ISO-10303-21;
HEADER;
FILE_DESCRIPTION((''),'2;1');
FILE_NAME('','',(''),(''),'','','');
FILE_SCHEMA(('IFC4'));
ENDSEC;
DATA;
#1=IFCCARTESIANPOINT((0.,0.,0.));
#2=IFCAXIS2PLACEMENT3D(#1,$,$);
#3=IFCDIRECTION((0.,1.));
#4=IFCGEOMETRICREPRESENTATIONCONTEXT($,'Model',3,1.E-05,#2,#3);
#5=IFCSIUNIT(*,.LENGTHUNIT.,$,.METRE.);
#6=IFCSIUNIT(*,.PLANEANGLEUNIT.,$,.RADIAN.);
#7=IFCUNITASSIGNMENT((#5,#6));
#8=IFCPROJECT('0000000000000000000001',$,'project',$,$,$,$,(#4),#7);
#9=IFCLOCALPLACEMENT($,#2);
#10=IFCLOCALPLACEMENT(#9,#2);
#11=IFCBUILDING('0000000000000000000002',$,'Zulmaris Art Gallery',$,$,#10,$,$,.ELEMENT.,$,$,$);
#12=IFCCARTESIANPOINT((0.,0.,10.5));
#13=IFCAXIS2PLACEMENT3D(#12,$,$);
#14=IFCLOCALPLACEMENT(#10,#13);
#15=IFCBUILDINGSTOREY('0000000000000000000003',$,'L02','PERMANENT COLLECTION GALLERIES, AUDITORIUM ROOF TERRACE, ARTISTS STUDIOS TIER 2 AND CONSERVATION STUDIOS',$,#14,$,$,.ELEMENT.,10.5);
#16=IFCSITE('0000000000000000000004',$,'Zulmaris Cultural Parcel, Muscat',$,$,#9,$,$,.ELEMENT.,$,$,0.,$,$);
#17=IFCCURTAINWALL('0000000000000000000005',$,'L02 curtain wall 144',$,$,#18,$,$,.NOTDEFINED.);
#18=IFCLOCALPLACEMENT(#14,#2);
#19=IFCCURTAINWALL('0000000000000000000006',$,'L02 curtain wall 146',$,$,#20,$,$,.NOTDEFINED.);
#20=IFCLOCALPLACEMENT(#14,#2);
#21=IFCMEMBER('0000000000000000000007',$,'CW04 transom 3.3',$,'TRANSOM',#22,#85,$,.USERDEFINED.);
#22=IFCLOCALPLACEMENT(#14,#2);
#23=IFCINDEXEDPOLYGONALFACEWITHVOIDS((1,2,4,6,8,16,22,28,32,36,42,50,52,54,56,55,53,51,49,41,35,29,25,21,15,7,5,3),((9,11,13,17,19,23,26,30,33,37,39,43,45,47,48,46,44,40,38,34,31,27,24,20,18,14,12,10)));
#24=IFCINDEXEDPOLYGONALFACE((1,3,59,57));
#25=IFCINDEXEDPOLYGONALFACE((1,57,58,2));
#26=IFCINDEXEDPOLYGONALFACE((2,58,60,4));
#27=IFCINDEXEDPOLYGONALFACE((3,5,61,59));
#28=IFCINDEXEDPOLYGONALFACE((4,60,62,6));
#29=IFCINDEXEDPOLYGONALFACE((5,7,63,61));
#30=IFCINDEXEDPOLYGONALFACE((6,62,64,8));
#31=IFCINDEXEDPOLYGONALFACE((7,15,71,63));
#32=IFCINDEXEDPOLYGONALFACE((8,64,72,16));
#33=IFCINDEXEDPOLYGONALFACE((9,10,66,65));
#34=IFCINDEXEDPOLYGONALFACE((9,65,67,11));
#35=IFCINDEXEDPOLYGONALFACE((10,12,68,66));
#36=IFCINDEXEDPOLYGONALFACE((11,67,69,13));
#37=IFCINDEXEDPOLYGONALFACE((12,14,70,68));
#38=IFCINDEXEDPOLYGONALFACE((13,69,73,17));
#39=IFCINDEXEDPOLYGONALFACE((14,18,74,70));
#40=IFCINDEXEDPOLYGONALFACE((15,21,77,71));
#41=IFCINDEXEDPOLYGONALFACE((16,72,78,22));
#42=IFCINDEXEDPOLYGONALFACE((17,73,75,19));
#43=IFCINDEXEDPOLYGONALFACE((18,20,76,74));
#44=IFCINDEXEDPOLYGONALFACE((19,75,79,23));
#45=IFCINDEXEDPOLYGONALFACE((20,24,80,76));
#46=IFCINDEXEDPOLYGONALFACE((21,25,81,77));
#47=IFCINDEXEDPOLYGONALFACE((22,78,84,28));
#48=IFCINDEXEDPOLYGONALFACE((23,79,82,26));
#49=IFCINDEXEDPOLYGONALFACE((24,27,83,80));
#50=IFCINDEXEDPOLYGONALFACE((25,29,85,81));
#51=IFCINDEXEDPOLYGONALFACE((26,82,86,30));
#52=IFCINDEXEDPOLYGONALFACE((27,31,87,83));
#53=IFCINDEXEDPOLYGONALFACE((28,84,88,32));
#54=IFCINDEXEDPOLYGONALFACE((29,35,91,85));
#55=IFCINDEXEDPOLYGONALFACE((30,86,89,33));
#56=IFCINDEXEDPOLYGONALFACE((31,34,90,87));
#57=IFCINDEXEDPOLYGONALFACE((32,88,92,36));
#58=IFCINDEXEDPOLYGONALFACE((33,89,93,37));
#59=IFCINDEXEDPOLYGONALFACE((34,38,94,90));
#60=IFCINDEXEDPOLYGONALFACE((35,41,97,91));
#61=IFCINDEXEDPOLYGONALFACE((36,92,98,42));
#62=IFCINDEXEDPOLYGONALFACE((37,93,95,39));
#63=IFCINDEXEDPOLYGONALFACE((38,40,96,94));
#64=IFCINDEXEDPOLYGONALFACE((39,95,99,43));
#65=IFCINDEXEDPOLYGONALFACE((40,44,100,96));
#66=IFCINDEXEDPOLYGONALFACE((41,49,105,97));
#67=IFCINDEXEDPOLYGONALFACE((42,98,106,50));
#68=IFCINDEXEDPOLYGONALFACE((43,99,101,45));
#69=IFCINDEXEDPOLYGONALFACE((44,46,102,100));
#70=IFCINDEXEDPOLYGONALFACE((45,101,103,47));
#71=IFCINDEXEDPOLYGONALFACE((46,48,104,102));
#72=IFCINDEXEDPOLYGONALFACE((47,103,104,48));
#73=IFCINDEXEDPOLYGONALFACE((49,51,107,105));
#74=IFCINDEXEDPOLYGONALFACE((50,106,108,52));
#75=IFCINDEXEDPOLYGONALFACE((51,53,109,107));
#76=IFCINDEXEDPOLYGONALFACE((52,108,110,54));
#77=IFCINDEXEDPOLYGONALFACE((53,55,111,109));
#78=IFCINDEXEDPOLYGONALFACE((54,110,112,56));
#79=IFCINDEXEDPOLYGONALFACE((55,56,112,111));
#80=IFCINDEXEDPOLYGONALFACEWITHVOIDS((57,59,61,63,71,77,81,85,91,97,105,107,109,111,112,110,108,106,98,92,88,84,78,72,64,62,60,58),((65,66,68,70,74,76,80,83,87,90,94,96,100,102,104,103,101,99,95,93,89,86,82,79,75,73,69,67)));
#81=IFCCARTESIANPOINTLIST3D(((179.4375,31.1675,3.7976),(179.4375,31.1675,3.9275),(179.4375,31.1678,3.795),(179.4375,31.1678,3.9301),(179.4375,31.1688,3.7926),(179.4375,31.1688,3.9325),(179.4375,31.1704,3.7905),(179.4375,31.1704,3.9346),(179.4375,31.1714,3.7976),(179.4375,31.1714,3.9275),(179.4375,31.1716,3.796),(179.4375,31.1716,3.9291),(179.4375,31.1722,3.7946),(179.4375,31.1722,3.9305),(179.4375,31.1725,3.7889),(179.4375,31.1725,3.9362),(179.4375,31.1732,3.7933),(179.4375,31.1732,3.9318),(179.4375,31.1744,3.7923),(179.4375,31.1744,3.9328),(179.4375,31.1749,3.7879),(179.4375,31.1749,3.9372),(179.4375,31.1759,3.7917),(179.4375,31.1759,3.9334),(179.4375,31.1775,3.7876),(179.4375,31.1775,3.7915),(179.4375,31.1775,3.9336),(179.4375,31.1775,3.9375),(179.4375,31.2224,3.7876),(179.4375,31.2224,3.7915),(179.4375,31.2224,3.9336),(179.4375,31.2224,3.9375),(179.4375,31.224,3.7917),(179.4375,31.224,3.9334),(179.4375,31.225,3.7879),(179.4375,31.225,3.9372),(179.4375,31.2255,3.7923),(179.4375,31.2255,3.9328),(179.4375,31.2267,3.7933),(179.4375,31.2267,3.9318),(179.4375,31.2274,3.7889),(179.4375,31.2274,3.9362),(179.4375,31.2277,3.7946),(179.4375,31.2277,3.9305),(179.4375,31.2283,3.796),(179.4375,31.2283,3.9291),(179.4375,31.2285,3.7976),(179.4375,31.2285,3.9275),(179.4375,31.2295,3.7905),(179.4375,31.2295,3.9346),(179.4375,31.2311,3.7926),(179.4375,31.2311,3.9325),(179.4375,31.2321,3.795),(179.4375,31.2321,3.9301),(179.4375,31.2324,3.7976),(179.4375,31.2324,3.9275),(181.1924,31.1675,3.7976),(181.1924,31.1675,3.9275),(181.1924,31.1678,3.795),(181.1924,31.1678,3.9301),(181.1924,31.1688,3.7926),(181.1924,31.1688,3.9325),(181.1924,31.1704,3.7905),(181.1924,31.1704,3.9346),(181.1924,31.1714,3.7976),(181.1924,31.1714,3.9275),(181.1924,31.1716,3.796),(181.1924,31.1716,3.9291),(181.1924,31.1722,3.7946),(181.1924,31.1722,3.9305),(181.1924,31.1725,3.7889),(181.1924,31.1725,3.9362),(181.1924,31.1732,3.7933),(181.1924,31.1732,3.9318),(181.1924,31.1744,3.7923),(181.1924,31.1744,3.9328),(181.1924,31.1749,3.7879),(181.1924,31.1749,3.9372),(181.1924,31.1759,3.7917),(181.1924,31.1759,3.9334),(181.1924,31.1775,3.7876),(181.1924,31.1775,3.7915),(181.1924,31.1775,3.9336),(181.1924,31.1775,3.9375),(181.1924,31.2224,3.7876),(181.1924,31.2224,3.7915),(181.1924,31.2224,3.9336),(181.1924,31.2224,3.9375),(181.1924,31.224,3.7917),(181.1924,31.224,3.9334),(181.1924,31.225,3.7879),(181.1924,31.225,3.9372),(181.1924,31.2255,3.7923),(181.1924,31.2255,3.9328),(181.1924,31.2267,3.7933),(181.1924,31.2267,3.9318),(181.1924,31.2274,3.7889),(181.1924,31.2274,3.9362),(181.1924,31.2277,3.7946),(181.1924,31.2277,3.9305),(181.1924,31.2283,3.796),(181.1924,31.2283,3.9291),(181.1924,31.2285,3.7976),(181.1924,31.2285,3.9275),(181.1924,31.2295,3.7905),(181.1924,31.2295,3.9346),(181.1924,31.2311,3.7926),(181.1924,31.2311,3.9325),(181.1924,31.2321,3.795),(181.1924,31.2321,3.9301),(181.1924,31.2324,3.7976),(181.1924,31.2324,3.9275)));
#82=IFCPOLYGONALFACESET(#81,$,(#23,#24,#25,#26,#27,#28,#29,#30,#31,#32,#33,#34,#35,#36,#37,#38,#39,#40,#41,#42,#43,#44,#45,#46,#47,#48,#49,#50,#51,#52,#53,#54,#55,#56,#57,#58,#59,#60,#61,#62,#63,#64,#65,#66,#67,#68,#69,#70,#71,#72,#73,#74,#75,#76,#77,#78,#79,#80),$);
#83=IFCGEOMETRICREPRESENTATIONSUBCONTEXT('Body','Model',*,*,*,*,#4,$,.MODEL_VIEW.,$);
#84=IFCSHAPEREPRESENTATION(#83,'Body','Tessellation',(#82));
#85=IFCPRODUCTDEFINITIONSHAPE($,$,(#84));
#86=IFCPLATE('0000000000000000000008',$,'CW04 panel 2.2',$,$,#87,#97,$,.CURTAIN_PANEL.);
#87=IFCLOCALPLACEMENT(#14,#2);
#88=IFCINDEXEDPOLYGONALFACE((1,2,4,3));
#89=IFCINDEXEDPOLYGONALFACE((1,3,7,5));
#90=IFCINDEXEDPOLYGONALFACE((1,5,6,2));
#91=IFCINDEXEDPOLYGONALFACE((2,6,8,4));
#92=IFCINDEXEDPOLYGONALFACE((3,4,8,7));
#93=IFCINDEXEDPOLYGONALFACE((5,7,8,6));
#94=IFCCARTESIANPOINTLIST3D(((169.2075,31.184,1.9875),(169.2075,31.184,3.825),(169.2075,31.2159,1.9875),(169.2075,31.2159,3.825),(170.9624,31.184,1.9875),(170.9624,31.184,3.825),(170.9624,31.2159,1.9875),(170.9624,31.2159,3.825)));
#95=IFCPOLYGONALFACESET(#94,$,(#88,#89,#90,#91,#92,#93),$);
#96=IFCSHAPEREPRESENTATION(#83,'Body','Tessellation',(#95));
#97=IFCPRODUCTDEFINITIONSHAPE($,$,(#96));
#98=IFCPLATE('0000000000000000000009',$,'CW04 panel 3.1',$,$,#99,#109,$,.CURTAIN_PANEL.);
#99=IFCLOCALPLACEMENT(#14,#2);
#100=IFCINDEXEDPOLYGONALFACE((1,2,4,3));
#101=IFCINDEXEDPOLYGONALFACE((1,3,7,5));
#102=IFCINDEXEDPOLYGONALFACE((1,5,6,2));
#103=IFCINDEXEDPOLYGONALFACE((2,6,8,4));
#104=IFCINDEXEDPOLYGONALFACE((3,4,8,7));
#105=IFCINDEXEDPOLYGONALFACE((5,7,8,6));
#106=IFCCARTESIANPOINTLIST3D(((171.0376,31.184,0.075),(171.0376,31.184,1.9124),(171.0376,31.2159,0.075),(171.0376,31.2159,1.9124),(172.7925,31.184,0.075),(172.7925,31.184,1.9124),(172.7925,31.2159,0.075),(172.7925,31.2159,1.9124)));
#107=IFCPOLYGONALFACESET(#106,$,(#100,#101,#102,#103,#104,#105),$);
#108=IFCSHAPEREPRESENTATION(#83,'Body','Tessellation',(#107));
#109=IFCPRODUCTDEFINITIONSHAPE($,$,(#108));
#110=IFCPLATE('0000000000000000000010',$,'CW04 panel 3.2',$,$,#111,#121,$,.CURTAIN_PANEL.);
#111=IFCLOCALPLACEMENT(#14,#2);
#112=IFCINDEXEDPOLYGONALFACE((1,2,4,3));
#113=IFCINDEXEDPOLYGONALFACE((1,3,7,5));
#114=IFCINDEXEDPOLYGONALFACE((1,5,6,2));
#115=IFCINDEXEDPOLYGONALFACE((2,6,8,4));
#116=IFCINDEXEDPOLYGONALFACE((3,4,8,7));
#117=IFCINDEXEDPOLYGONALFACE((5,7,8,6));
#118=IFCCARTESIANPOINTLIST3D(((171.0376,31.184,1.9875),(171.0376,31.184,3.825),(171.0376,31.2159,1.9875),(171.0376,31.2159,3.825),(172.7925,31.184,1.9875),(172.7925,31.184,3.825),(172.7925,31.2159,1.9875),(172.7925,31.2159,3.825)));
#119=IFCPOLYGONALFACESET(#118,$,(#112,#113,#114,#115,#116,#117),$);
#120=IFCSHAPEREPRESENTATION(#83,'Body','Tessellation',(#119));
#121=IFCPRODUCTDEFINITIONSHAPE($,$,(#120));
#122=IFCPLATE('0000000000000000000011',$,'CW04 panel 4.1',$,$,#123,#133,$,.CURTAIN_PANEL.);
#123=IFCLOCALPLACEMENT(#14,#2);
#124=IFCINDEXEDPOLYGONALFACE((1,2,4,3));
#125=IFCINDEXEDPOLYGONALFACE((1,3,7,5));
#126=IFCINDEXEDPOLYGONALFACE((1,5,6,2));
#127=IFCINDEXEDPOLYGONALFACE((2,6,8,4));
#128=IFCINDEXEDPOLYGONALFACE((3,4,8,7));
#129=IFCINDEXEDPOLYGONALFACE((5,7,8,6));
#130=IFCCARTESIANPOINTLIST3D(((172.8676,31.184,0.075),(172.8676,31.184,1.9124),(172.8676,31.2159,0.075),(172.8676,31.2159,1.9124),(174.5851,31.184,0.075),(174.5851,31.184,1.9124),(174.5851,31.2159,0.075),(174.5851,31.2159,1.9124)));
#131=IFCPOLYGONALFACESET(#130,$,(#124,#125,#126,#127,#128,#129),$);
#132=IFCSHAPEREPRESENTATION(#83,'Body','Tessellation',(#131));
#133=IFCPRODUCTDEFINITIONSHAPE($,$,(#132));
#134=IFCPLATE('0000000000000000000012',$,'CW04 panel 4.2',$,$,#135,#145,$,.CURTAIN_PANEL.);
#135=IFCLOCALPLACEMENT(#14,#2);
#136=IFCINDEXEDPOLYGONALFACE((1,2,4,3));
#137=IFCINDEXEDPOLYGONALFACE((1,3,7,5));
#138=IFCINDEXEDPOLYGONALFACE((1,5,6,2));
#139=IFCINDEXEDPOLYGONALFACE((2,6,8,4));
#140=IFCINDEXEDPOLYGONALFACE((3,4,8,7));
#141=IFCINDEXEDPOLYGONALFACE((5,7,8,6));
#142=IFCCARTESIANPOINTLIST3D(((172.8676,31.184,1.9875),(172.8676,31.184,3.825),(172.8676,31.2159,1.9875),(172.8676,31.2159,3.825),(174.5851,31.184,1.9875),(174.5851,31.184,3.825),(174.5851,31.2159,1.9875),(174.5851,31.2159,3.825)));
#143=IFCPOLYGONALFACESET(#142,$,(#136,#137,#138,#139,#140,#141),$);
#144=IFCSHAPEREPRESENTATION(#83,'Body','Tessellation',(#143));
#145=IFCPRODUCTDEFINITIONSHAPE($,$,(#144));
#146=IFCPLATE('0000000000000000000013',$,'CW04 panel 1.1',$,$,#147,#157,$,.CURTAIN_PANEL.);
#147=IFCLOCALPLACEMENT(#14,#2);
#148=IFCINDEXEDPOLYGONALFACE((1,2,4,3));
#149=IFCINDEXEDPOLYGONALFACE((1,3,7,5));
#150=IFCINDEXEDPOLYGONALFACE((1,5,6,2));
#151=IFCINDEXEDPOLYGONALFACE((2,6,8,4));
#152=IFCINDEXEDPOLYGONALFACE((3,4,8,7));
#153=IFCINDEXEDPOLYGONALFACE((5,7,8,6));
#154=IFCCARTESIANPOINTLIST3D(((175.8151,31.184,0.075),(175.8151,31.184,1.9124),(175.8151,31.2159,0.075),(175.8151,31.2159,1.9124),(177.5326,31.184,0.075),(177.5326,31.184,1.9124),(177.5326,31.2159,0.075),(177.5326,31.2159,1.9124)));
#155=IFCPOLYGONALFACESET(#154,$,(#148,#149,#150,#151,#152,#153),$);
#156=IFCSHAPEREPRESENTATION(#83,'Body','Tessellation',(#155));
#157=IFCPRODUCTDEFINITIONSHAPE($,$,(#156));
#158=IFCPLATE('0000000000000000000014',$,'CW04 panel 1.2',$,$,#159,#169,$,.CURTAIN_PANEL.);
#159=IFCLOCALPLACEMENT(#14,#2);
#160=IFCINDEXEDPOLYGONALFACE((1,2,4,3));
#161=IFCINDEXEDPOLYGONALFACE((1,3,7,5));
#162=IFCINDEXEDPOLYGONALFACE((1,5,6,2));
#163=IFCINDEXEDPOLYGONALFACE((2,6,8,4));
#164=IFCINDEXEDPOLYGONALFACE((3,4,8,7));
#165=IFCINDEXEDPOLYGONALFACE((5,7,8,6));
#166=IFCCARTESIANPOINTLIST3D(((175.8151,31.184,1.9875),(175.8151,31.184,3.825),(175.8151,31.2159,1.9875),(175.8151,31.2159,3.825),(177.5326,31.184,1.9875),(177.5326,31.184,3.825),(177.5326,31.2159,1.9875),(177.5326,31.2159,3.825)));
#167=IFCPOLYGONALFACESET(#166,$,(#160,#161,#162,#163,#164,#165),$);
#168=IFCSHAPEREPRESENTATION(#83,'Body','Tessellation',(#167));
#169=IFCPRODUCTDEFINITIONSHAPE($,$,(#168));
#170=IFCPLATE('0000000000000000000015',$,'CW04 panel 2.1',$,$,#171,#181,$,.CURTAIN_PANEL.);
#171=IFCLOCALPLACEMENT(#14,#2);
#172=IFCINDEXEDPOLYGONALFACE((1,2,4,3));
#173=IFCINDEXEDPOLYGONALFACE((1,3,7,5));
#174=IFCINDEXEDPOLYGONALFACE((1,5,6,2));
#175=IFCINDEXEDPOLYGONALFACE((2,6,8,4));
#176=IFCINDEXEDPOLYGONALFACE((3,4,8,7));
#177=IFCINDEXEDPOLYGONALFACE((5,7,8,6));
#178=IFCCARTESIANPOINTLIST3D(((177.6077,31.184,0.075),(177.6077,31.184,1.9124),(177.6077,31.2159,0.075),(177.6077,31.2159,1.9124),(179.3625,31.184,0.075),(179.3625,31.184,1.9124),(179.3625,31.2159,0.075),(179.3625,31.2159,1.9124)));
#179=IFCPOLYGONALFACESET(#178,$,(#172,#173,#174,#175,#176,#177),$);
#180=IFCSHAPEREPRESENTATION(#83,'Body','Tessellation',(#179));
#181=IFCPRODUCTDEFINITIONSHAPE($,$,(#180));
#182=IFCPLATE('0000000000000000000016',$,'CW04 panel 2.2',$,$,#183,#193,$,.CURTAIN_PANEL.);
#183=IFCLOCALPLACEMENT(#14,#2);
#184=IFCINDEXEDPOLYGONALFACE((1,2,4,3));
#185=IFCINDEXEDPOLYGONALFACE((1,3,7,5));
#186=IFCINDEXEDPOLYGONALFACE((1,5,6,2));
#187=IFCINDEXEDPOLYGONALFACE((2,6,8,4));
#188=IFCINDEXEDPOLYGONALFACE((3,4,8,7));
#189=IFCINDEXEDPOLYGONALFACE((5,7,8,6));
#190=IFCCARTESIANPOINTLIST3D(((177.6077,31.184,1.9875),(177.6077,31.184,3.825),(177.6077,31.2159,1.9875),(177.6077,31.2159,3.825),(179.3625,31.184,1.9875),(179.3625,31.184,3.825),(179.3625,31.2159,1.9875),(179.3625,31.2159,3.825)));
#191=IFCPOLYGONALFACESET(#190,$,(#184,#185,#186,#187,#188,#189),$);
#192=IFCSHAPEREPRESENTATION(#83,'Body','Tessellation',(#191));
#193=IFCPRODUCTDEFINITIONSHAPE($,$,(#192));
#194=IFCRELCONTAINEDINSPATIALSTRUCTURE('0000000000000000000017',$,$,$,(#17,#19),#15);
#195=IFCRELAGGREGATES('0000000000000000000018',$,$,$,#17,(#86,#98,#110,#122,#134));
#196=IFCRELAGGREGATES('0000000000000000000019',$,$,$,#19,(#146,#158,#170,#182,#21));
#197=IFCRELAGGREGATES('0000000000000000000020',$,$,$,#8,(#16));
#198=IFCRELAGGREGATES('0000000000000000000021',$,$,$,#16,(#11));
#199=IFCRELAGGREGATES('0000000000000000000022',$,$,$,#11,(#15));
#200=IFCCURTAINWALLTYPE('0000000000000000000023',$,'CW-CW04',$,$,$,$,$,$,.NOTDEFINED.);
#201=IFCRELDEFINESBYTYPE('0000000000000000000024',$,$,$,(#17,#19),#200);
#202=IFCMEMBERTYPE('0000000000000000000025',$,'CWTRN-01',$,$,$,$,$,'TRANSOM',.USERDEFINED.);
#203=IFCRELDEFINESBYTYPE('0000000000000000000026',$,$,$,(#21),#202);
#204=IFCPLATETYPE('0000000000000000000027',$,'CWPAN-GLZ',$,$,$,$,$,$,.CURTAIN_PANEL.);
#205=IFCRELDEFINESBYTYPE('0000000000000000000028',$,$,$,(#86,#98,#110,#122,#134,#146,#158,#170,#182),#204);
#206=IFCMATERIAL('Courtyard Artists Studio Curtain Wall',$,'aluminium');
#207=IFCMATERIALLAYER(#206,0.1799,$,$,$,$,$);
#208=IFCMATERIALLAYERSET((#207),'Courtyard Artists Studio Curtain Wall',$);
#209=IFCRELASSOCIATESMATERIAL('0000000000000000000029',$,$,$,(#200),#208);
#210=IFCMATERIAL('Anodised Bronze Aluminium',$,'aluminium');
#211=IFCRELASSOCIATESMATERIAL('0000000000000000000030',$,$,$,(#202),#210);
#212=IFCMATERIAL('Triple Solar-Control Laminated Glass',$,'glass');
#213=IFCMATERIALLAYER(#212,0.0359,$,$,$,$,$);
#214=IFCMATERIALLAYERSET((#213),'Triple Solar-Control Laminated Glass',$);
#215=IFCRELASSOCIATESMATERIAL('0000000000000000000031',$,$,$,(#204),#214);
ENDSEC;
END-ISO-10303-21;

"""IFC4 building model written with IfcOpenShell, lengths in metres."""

from ifc_helpers import new_model, si_unit, direction, frame, origin, origin_2d, place, context, subcontext, project, spatial, rectangle, hollow_rectangle, extrude, material, layer, layer_set, material_profile, profile_set, type_object, element, aggregate, save


model = new_model("IFC4")

# Units and contexts
model_context = context("Model", 3, precision=1e-05, world=origin(), true_north=direction((0.0, 1.0)))
body_context = subcontext(model_context, "Body", "Model", "MODEL_VIEW")
ifc_project = project(units=[si_unit("LENGTHUNIT", "METRE"), si_unit("PLANEANGLEUNIT", "RADIAN")], contexts=[model_context])

# Site, building, storey
site_placement = place(None, origin())
site = spatial("IfcSite", under=ifc_project, at=site_placement, Name="Zulmaris Cultural Parcel, Muscat", CompositionType="ELEMENT", RefElevation=0.0)
building_placement = place(site_placement, origin())
building = spatial("IfcBuilding", under=site, at=building_placement, Name="Zulmaris Art Gallery", CompositionType="ELEMENT")
storey_placement = place(building_placement, frame((0.0, 0.0, 10.5)))
storey = spatial("IfcBuildingStorey", under=building, at=storey_placement, Name="L02", Description="PERMANENT COLLECTION GALLERIES, AUDITORIUM ROOF TERRACE, ARTISTS STUDIOS TIER 2 AND CONSERVATION STUDIOS", CompositionType="ELEMENT", Elevation=10.5)

# Curtain walls
ifc_material_1 = material(Name="Courtyard Artists Studio Curtain Wall", Category="aluminium")
ifc_layer_1 = layer(ifc_material_1, 0.1799)
ifc_layer_set_1 = layer_set([ifc_layer_1], Name="Courtyard Artists Studio Curtain Wall")
curtain_wall_type = type_object("IfcCurtainWallType", Name="CW-CW04", PredefinedType="NOTDEFINED", material=ifc_layer_set_1)
curtain_wall_1_placement = place(storey_placement, origin())
curtain_wall_1 = element("IfcCurtainWall", 1, at=curtain_wall_1_placement, inside=storey, type_object=curtain_wall_type, Name="L02 curtain wall 144", PredefinedType="NOTDEFINED")
ifc_material_2 = material(Name="Anodised Bronze Aluminium", Category="aluminium")
curtain_wall_2_placement = place(storey_placement, origin())
curtain_wall_2 = element("IfcCurtainWall", 2, at=curtain_wall_2_placement, inside=storey, type_object=curtain_wall_type, Name="L02 curtain wall 146", PredefinedType="NOTDEFINED")

# Member
ifc_material_profile_1 = material_profile(ifc_material_2, hollow_rectangle(XDim=0.0649, YDim=0.1499, WallThickness=0.0039, InnerFilletRadius=0.0061, OuterFilletRadius=0.01, at=origin_2d()), Name="ALU 65x150x4")
ifc_profile_set_1 = profile_set([ifc_material_profile_1], Name="Anodised Bronze Aluminium")
member_type_1 = type_object("IfcMemberType", Name="CWTRN-01", ElementType="TRANSOM", PredefinedType="USERDEFINED", material=ifc_profile_set_1)
member_1_placement = place(storey_placement, frame((179.4375, 31.2, 3.8625), z_axis=(1.0, 0.0, 0.0), x_axis=(0.0, 1.0, 0.0)))
member_1 = element("IfcMember", 3, at=member_1_placement, type_object=member_type_1, Name="CW04 transom 3.3", ObjectType="TRANSOM", PredefinedType="USERDEFINED", context=body_context, shape_type="SweptSolid", body=[
    extrude(hollow_rectangle(XDim=0.0649, YDim=0.1499, WallThickness=0.0039, InnerFilletRadius=0.0061, OuterFilletRadius=0.01, at=origin_2d()), origin(), (0.0, 0.0, 1.0), 1.7549),
])

# Plates
ifc_material_3 = material(Name="Triple Solar-Control Laminated Glass", Category="glass")
ifc_layer_2 = layer(ifc_material_3, 0.0359)
ifc_layer_set_2 = layer_set([ifc_layer_2], Name="Triple Solar-Control Laminated Glass")
plate_type = type_object("IfcPlateType", Name="CWPAN-GLZ", PredefinedType="CURTAIN_PANEL", material=ifc_layer_set_2)
plate_1_placement = place(storey_placement, frame((170.085, 31.2, 1.9875), z_axis=(0.0, 0.0, 1.0), x_axis=(1.0, 0.0, 0.0)))
plate_1 = element("IfcPlate", 4, at=plate_1_placement, type_object=plate_type, Name="CW04 panel 2.2", PredefinedType="CURTAIN_PANEL", context=body_context, shape_type="SweptSolid", body=[
    extrude(rectangle(XDim=1.7549, YDim=0.032, at=origin_2d()), origin(), (0.0, 0.0, 1.0), 1.8374),
])
plate_2_placement = place(storey_placement, frame((171.915, 31.2, 0.075), z_axis=(0.0, 0.0, 1.0), x_axis=(1.0, 0.0, 0.0)))
plate_2 = element("IfcPlate", 5, at=plate_2_placement, type_object=plate_type, Name="CW04 panel 3.1", PredefinedType="CURTAIN_PANEL", context=body_context, shape_type="SweptSolid", body=[
    extrude(rectangle(XDim=1.7549, YDim=0.032, at=origin_2d()), origin(), (0.0, 0.0, 1.0), 1.8374),
])
plate_3_placement = place(storey_placement, frame((171.915, 31.2, 1.9875), z_axis=(0.0, 0.0, 1.0), x_axis=(1.0, 0.0, 0.0)))
plate_3 = element("IfcPlate", 6, at=plate_3_placement, type_object=plate_type, Name="CW04 panel 3.2", PredefinedType="CURTAIN_PANEL", context=body_context, shape_type="SweptSolid", body=[
    extrude(rectangle(XDim=1.7549, YDim=0.032, at=origin_2d()), origin(), (0.0, 0.0, 1.0), 1.8374),
])
plate_4_placement = place(storey_placement, frame((173.7263, 31.2, 0.075), z_axis=(0.0, 0.0, 1.0), x_axis=(1.0, 0.0, 0.0)))
plate_4 = element("IfcPlate", 7, at=plate_4_placement, type_object=plate_type, Name="CW04 panel 4.1", PredefinedType="CURTAIN_PANEL", context=body_context, shape_type="SweptSolid", body=[
    extrude(rectangle(XDim=1.7175, YDim=0.032, at=origin_2d()), origin(), (0.0, 0.0, 1.0), 1.8374),
])
plate_5_placement = place(storey_placement, frame((173.7263, 31.2, 1.9875), z_axis=(0.0, 0.0, 1.0), x_axis=(1.0, 0.0, 0.0)))
plate_5 = element("IfcPlate", 8, at=plate_5_placement, type_object=plate_type, Name="CW04 panel 4.2", PredefinedType="CURTAIN_PANEL", context=body_context, shape_type="SweptSolid", body=[
    extrude(rectangle(XDim=1.7175, YDim=0.032, at=origin_2d()), origin(), (0.0, 0.0, 1.0), 1.8374),
])
aggregate(curtain_wall_1, [plate_1, plate_2, plate_3, plate_4, plate_5])
plate_6_placement = place(storey_placement, frame((176.6738, 31.2, 0.075), z_axis=(0.0, 0.0, 1.0), x_axis=(1.0, 0.0, 0.0)))
plate_6 = element("IfcPlate", 9, at=plate_6_placement, type_object=plate_type, Name="CW04 panel 1.1", PredefinedType="CURTAIN_PANEL", context=body_context, shape_type="SweptSolid", body=[
    extrude(rectangle(XDim=1.7175, YDim=0.032, at=origin_2d()), origin(), (0.0, 0.0, 1.0), 1.8374),
])
plate_7_placement = place(storey_placement, frame((176.6738, 31.2, 1.9875), z_axis=(0.0, 0.0, 1.0), x_axis=(1.0, 0.0, 0.0)))
plate_7 = element("IfcPlate", 10, at=plate_7_placement, type_object=plate_type, Name="CW04 panel 1.2", PredefinedType="CURTAIN_PANEL", context=body_context, shape_type="SweptSolid", body=[
    extrude(rectangle(XDim=1.7175, YDim=0.032, at=origin_2d()), origin(), (0.0, 0.0, 1.0), 1.8374),
])
plate_8_placement = place(storey_placement, frame((178.4851, 31.2, 0.075), z_axis=(0.0, 0.0, 1.0), x_axis=(1.0, 0.0, 0.0)))
plate_8 = element("IfcPlate", 11, at=plate_8_placement, type_object=plate_type, Name="CW04 panel 2.1", PredefinedType="CURTAIN_PANEL", context=body_context, shape_type="SweptSolid", body=[
    extrude(rectangle(XDim=1.7549, YDim=0.032, at=origin_2d()), origin(), (0.0, 0.0, 1.0), 1.8374),
])
plate_9_placement = place(storey_placement, frame((178.4851, 31.2, 1.9875), z_axis=(0.0, 0.0, 1.0), x_axis=(1.0, 0.0, 0.0)))
plate_9 = element("IfcPlate", 12, at=plate_9_placement, type_object=plate_type, Name="CW04 panel 2.2", PredefinedType="CURTAIN_PANEL", context=body_context, shape_type="SweptSolid", body=[
    extrude(rectangle(XDim=1.7549, YDim=0.032, at=origin_2d()), origin(), (0.0, 0.0, 1.0), 1.8374),
])
aggregate(curtain_wall_2, [plate_6, plate_7, plate_8, plate_9, member_1])

save(model, "model.ifc")
